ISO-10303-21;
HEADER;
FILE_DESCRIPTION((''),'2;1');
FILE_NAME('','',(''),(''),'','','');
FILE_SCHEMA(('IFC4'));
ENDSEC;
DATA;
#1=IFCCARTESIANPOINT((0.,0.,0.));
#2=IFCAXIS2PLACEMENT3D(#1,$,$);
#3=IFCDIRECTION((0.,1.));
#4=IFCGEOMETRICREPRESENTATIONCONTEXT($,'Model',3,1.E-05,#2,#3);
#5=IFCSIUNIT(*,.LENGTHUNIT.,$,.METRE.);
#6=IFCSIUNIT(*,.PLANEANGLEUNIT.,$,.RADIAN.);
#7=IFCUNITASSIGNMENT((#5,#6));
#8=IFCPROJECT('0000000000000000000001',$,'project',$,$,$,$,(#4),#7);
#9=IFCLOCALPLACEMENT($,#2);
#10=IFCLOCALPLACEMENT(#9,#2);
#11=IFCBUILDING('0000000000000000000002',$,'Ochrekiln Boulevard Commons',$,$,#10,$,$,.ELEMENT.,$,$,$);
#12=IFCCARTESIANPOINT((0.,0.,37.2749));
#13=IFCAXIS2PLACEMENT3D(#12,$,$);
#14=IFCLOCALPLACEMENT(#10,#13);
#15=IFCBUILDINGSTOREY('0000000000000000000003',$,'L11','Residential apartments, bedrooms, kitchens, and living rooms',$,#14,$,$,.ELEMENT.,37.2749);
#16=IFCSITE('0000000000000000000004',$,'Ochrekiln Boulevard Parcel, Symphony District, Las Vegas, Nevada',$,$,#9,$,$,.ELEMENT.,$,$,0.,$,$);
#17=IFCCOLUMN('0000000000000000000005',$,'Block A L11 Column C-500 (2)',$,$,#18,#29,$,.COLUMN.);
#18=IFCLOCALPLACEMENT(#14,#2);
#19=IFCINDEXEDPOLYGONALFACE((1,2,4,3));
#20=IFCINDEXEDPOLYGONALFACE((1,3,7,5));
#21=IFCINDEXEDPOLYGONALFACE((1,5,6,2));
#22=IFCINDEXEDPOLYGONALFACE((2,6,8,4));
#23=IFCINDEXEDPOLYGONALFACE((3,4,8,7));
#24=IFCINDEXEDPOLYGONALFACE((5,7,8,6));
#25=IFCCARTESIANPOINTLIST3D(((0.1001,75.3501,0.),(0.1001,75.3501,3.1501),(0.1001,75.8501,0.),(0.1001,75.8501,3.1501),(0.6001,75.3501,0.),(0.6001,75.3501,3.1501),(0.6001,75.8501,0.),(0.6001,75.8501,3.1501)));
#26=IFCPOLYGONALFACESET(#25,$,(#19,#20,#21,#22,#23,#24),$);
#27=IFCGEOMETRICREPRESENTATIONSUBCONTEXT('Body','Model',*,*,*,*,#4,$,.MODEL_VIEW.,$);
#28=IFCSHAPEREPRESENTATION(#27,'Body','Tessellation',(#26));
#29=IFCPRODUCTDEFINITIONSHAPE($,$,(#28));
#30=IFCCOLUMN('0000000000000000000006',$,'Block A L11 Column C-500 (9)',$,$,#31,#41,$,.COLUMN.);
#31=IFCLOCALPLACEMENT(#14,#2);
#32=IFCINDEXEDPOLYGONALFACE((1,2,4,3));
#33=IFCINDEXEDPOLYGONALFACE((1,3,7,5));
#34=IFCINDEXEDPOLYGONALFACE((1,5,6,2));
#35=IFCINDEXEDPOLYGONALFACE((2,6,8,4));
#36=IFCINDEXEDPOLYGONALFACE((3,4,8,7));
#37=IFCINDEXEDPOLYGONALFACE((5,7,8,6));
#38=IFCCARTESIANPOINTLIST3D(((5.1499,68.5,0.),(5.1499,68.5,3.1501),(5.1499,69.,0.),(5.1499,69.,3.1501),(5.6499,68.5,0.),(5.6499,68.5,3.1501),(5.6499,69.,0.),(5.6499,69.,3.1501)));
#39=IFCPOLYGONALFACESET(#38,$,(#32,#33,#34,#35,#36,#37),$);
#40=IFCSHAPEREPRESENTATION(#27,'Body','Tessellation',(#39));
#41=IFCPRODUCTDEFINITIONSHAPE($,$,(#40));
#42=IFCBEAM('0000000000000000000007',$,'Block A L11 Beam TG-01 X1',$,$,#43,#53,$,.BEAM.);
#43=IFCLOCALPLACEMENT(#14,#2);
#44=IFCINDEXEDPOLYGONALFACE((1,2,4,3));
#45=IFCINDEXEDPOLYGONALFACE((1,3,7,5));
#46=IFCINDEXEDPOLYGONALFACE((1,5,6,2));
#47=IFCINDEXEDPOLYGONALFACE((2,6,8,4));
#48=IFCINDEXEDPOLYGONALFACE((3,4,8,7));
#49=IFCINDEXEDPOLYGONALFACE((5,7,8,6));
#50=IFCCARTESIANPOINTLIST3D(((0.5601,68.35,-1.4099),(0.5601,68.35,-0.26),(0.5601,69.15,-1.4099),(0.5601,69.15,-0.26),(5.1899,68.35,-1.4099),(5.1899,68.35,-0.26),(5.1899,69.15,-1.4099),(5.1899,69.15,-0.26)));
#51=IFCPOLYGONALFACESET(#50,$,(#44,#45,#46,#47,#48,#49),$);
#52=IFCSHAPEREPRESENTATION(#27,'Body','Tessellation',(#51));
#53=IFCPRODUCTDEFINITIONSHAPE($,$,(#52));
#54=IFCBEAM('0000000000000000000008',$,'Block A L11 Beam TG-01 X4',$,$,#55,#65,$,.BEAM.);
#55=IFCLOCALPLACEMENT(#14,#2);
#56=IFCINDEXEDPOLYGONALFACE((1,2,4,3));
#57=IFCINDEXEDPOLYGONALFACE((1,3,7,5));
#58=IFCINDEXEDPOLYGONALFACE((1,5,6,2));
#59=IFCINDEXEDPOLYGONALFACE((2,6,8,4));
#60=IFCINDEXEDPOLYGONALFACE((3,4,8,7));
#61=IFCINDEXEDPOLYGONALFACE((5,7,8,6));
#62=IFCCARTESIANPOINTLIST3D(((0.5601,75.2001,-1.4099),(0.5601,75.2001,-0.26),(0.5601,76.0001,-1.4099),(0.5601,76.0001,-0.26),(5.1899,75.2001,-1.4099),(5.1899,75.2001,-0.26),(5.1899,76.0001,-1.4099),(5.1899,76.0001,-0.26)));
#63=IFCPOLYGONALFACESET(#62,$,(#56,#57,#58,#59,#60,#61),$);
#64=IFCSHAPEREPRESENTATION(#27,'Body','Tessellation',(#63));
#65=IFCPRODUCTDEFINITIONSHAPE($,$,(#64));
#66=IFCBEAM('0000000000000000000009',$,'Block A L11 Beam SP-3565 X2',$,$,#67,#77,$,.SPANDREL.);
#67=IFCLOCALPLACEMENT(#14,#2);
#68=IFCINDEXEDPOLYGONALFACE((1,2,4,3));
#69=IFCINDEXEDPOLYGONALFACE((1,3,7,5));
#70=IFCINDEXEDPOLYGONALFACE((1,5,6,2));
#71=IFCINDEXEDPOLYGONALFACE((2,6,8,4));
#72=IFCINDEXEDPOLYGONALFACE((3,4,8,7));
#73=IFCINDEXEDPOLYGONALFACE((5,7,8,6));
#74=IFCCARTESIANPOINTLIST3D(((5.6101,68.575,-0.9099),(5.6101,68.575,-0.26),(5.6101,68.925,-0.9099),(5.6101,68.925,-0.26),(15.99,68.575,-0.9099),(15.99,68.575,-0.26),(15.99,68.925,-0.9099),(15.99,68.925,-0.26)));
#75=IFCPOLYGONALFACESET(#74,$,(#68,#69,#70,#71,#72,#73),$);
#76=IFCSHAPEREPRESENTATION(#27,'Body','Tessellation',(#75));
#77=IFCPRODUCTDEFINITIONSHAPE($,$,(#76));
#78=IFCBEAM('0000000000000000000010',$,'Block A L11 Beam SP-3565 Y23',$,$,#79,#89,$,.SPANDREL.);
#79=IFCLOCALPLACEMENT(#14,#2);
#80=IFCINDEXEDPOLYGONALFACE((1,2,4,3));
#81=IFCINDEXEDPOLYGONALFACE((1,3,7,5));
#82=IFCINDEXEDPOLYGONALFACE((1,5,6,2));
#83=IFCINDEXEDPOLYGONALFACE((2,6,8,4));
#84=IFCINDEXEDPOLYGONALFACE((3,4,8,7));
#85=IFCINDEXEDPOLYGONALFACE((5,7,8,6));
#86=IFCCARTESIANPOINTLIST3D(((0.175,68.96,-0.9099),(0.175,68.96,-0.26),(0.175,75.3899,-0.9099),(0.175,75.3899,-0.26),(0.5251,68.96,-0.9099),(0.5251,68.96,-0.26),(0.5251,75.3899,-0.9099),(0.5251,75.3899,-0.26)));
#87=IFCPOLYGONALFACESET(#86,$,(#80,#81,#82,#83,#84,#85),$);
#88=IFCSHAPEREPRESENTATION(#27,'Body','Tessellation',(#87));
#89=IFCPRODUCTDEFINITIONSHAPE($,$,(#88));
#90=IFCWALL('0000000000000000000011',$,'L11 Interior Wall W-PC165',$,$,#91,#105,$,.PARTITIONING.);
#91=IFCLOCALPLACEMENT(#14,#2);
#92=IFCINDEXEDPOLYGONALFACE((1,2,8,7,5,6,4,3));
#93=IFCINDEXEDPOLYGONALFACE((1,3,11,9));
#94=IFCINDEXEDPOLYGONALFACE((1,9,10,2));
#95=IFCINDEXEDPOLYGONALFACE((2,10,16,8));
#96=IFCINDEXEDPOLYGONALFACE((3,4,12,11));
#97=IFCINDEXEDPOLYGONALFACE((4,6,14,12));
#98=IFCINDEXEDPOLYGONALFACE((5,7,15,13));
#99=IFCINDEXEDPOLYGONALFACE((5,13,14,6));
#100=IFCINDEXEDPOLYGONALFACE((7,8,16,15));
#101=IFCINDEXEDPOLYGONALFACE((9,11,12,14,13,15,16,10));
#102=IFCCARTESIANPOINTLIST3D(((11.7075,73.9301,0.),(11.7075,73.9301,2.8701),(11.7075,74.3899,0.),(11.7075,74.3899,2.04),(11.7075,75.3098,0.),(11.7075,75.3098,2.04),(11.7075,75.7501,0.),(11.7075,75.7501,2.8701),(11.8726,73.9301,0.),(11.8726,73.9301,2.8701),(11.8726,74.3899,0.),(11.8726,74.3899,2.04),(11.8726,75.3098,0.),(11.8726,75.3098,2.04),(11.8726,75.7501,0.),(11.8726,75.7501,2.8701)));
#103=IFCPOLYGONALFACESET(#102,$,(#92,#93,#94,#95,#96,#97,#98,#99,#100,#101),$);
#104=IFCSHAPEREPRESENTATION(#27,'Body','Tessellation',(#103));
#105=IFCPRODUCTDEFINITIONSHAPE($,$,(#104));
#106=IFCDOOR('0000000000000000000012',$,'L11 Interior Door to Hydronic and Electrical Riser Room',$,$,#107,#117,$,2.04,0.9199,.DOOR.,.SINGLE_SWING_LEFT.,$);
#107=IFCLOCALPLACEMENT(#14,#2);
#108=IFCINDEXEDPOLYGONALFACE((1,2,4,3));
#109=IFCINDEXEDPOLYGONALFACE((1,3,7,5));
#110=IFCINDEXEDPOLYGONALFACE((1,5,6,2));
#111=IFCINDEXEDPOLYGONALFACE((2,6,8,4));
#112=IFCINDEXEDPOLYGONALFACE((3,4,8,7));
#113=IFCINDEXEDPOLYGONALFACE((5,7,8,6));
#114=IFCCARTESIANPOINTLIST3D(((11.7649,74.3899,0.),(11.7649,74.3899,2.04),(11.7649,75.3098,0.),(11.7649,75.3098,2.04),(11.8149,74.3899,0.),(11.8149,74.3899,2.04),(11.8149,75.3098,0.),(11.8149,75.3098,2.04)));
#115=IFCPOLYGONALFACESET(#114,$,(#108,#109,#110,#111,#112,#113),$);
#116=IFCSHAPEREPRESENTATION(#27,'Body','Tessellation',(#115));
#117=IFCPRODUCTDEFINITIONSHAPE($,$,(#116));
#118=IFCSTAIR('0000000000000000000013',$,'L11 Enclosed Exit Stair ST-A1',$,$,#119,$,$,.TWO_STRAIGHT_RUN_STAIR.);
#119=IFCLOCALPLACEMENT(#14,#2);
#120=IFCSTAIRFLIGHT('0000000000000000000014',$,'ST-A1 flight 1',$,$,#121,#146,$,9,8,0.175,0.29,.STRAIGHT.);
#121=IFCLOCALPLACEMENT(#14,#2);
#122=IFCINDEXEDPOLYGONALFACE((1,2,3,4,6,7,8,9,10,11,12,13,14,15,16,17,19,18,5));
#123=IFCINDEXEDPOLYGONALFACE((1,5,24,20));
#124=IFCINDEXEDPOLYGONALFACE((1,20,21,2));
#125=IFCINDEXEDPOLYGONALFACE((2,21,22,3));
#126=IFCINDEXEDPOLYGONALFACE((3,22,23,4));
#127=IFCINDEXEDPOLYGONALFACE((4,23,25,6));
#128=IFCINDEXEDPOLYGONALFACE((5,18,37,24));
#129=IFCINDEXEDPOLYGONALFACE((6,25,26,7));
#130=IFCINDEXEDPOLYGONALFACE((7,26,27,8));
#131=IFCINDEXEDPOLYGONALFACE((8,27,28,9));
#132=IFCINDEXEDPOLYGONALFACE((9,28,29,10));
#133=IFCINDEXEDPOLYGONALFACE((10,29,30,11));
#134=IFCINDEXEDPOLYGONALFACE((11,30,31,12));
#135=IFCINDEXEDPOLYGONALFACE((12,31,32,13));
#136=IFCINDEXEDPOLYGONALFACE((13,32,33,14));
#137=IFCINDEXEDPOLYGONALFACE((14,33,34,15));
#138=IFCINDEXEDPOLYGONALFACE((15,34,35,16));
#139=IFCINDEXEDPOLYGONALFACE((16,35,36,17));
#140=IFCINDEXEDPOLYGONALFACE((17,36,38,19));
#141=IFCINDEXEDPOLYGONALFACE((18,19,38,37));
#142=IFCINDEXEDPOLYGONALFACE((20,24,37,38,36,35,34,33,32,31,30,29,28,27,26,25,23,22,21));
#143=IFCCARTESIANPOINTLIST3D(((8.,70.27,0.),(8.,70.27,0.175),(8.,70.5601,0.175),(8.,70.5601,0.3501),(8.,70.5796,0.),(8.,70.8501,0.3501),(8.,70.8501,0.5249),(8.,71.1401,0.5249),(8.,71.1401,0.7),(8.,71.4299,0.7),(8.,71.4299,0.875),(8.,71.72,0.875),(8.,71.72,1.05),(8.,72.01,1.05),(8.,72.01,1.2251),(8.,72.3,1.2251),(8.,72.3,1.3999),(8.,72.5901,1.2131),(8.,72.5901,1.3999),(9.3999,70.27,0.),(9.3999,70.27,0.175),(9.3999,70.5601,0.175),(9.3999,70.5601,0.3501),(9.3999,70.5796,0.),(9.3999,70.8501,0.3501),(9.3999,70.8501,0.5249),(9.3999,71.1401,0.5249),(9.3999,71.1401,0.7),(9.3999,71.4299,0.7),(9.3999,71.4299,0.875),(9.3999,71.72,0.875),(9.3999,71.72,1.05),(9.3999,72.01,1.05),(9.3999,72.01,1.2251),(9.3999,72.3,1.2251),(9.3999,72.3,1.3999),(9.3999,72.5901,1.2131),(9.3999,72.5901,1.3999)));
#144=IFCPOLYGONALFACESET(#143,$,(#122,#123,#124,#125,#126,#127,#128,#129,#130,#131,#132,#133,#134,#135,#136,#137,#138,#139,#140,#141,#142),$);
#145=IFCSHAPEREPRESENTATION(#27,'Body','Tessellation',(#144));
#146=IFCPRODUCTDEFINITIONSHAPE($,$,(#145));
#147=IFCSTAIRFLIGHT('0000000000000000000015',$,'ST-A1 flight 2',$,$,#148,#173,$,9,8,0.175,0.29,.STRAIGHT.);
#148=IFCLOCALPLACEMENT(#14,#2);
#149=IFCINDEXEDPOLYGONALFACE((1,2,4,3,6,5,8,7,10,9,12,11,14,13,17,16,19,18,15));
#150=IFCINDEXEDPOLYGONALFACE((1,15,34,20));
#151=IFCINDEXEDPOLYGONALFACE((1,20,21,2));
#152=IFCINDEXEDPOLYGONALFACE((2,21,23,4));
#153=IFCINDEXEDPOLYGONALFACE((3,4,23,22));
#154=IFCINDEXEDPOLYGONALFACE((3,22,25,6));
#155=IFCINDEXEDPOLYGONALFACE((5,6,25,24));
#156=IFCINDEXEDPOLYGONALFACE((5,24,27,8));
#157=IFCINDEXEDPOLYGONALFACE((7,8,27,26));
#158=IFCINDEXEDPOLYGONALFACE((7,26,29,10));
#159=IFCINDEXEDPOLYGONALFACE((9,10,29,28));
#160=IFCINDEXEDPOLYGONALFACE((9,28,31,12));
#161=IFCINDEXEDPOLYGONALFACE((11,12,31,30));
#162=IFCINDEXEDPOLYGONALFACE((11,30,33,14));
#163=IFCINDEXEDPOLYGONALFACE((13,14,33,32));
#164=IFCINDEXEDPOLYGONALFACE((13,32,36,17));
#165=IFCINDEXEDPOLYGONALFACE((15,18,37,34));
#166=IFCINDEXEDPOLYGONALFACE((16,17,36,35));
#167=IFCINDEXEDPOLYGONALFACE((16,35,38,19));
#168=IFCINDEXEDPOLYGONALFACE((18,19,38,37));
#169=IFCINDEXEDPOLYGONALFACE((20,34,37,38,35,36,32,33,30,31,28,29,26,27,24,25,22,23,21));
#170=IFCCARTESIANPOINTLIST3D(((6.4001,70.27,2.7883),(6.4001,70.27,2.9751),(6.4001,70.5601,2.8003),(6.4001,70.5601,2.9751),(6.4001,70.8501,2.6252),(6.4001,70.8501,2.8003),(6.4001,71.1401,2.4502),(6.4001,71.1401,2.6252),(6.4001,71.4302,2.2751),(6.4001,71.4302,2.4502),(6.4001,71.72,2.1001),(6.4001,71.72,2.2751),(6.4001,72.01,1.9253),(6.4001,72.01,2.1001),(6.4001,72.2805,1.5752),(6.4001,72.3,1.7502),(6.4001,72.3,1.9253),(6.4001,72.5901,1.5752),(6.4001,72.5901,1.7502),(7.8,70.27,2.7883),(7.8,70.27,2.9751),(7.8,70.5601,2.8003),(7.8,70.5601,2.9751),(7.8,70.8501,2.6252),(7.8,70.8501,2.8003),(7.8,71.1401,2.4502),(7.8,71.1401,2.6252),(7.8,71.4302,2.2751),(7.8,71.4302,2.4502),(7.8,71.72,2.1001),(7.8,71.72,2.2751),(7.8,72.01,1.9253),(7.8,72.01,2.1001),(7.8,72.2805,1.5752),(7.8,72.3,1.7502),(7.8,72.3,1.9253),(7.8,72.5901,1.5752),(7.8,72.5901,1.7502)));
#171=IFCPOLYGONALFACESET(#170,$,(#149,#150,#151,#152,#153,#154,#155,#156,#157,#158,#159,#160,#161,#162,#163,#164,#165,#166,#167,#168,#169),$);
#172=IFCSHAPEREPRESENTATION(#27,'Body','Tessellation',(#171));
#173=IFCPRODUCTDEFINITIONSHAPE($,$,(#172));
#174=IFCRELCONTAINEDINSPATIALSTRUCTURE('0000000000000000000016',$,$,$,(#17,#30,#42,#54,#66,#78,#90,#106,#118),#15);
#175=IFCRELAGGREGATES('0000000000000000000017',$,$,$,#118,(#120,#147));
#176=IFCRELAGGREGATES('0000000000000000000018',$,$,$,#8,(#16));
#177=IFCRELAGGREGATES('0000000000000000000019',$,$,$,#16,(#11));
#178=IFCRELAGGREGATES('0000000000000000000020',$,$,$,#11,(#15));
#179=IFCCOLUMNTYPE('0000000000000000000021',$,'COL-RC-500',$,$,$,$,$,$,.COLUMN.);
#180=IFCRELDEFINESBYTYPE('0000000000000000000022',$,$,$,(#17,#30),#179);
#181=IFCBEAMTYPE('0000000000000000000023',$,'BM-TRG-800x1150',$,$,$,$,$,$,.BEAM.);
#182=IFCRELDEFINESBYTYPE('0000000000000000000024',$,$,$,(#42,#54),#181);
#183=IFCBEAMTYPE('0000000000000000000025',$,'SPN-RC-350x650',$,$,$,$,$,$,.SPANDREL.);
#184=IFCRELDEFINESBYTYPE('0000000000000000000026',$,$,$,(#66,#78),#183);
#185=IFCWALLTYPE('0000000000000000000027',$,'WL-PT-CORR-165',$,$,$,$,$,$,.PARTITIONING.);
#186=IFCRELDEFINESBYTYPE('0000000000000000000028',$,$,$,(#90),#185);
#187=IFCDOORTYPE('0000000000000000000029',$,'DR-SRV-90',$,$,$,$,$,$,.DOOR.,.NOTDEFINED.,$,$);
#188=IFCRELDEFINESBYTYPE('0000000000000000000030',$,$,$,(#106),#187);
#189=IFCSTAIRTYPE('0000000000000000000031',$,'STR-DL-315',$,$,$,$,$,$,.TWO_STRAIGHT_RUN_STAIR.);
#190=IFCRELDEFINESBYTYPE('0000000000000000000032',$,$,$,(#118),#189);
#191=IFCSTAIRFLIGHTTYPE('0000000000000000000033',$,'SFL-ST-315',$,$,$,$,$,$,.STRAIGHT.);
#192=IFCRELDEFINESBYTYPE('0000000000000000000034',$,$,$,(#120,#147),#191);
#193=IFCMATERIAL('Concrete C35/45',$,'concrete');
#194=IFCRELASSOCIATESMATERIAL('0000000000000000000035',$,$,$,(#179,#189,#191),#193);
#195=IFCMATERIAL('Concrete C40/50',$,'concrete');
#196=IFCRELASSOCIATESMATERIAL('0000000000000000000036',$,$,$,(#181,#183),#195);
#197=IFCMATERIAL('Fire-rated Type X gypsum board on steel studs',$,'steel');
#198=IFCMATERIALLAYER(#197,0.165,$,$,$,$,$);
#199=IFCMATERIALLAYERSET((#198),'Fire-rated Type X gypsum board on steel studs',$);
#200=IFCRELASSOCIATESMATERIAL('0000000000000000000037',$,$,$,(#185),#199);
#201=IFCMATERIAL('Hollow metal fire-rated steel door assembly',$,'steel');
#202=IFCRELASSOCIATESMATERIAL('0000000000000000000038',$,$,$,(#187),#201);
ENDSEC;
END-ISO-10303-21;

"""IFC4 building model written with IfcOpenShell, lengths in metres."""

from ifc_helpers import new_model, si_unit, direction, frame, frame_2d, origin, origin_2d, place, context, subcontext, project, spatial, polyline, rectangle, outline, extrude, material, layer, layer_set, material_profile, profile_set, type_object, element, fill, aggregate, save


model = new_model("IFC4")

# Units and contexts
model_context = context("Model", 3, precision=1e-05, world=origin(), true_north=direction((0.0, 1.0)))
body_context = subcontext(model_context, "Body", "Model", "MODEL_VIEW")
ifc_project = project(units=[si_unit("LENGTHUNIT", "METRE"), si_unit("PLANEANGLEUNIT", "RADIAN")], contexts=[model_context])

# Site, building, storey
site_placement = place(None, origin())
site = spatial("IfcSite", under=ifc_project, at=site_placement, Name="Ochrekiln Boulevard Parcel, Symphony District, Las Vegas, Nevada", CompositionType="ELEMENT", RefElevation=0.0)
building_placement = place(site_placement, origin())
building = spatial("IfcBuilding", under=site, at=building_placement, Name="Ochrekiln Boulevard Commons", CompositionType="ELEMENT")
storey_placement = place(building_placement, frame((0.0, 0.0, 37.2749)))
storey = spatial("IfcBuildingStorey", under=building, at=storey_placement, Name="L11", Description="Residential apartments, bedrooms, kitchens, and living rooms", CompositionType="ELEMENT", Elevation=37.2749)

# Columns
ifc_material_1 = material(Name="Concrete C35/45", Category="concrete")
ifc_material_profile_1 = material_profile(ifc_material_1, rectangle(XDim=0.5, YDim=0.5, at=origin_2d()), Name="RC-COL-500x500")
ifc_profile_set_1 = profile_set([ifc_material_profile_1], Name="Concrete C35/45")
column_type = type_object("IfcColumnType", Name="COL-RC-500", PredefinedType="COLUMN", material=ifc_profile_set_1)
for number, where, z_axis, x_axis, name in (
    (1, (0.3501, 75.6001, 0.0), (0.0, 0.0, 1.0), (1.0, 0.0, 0.0), "Block A L11 Column C-500 (2)"),
    (2, (5.3999, 68.75, 0.0), (0.0, 0.0, 1.0), (1.0, 0.0, 0.0), "Block A L11 Column C-500 (9)"),
):
    element("IfcColumn", number, at=place(storey_placement, frame(where, z_axis=z_axis, x_axis=x_axis)), inside=storey, type_object=column_type, Name=name, PredefinedType="COLUMN", context=body_context, shape_type="SweptSolid", body=[
        extrude(rectangle(XDim=0.5, YDim=0.5, at=origin_2d()), origin(), (0.0, 0.0, 1.0), 3.1501),
    ])

# Beams
ifc_material_2 = material(Name="Concrete C40/50", Category="concrete")
ifc_material_profile_2 = material_profile(ifc_material_2, rectangle(XDim=0.8, YDim=1.1499, at=origin_2d()), Name="RC-TRG-800x1150")
ifc_profile_set_2 = profile_set([ifc_material_profile_2], Name="Concrete C40/50")
beam_type_1 = type_object("IfcBeamType", Name="BM-TRG-800x1150", PredefinedType="BEAM", material=ifc_profile_set_2)
for number, where, z_axis, x_axis, name in (
    (3, (0.5601, 68.75, -0.835), (1.0, 0.0, 0.0), (0.0, 1.0, 0.0), "Block A L11 Beam TG-01 X1"),
    (4, (0.5601, 75.6001, -0.835), (1.0, 0.0, 0.0), (0.0, 1.0, 0.0), "Block A L11 Beam TG-01 X4"),
):
    element("IfcBeam", number, at=place(storey_placement, frame(where, z_axis=z_axis, x_axis=x_axis)), inside=storey, type_object=beam_type_1, Name=name, PredefinedType="BEAM", context=body_context, shape_type="SweptSolid", body=[
        extrude(rectangle(XDim=0.8, YDim=1.1499, at=origin_2d()), origin(), (0.0, 0.0, 1.0), 4.6299),
    ])
ifc_material_profile_3 = material_profile(ifc_material_2, rectangle(XDim=0.3501, YDim=0.6499, at=origin_2d()), Name="RC-SPN-350x650")
ifc_profile_set_3 = profile_set([ifc_material_profile_3], Name="Concrete C40/50")
beam_type_2 = type_object("IfcBeamType", Name="SPN-RC-350x650", PredefinedType="SPANDREL", material=ifc_profile_set_3)
beam_1_placement = place(storey_placement, frame((5.6101, 68.75, -0.585), z_axis=(1.0, 0.0, 0.0), x_axis=(0.0, 1.0, 0.0)))
element("IfcBeam", 5, at=beam_1_placement, inside=storey, type_object=beam_type_2, Name="Block A L11 Beam SP-3565 X2", PredefinedType="SPANDREL", context=body_context, shape_type="SweptSolid", body=[
    extrude(rectangle(XDim=0.3501, YDim=0.6499, at=origin_2d()), origin(), (0.0, 0.0, 1.0), 10.3799),
])
beam_2_placement = place(storey_placement, frame((0.3501, 68.96, -0.585), z_axis=(0.0, 1.0, 0.0), x_axis=(-1.0, 0.0, 0.0)))
element("IfcBeam", 6, at=beam_2_placement, inside=storey, type_object=beam_type_2, Name="Block A L11 Beam SP-3565 Y23", PredefinedType="SPANDREL", context=body_context, shape_type="SweptSolid", body=[
    extrude(rectangle(XDim=0.3501, YDim=0.6499, at=origin_2d()), origin(), (0.0, 0.0, 1.0), 6.4299),
])

# Wall, opening, door
ifc_material_3 = material(Name="Fire-rated Type X gypsum board on steel studs", Category="steel")
ifc_layer_1 = layer(ifc_material_3, 0.165)
ifc_layer_set_1 = layer_set([ifc_layer_1], Name="Fire-rated Type X gypsum board on steel studs")
wall_type_1 = type_object("IfcWallType", Name="WL-PT-CORR-165", PredefinedType="PARTITIONING", material=ifc_layer_set_1)
wall_1_placement = place(storey_placement, frame((11.79, 73.9299, 0.0), z_axis=(0.0, 0.0, 1.0), x_axis=(0.0, 1.0, 0.0)))
wall_1 = element("IfcWall", 7, at=wall_1_placement, inside=storey, type_object=wall_type_1, Name="L11 Interior Wall W-PC165", PredefinedType="PARTITIONING", context=body_context, shape_type="SweptSolid", body=[
    extrude(rectangle(XDim=1.8201, YDim=0.165, at=frame_2d((0.9102, 0.0))), origin(), (0.0, 0.0, 1.0), 2.8701),
])
opening_1_placement = place(wall_1_placement, frame((0.46, 0.0, 0.0)))
opening_1 = element("IfcOpeningElement", 8, at=opening_1_placement, cuts=wall_1, PredefinedType="OPENING", context=body_context, shape_type="SweptSolid", body=[
    extrude(rectangle(XDim=0.9199, YDim=2.04, at=frame_2d((0.46, 1.02))), frame((0.0, 0.0925, 0.0), z_axis=(0.0, -1.0, 0.0), x_axis=(1.0, 0.0, 0.0)), (0.0, 0.0, 1.0), 0.1851),
])
ifc_material_4 = material(Name="Hollow metal fire-rated steel door assembly", Category="steel")
door_type_1 = type_object("IfcDoorType", Name="DR-SRV-90", OperationType="NOTDEFINED", PredefinedType="DOOR", material=ifc_material_4)
door_1_placement = place(opening_1_placement, frame((0.9199, 0.0, 0.0), z_axis=(0.0, 0.0, 1.0), x_axis=(-1.0, 0.0, 0.0)))
door_1 = element("IfcDoor", 9, at=door_1_placement, inside=storey, type_object=door_type_1, Name="L11 Interior Door to Hydronic and Electrical Riser Room", OperationType="SINGLE_SWING_LEFT", OverallHeight=2.04, OverallWidth=0.9199, PredefinedType="DOOR", context=body_context, shape_type="SweptSolid", body=[
    extrude(rectangle(XDim=0.9199, YDim=2.04, at=frame_2d((0.46, 1.02))), frame((0.0, 0.0249, 0.0), z_axis=(0.0, -1.0, 0.0), x_axis=(1.0, 0.0, 0.0)), (0.0, 0.0, 1.0), 0.05),
])
fill(opening_1, door_1)

# Stair, stair flights
stair_type = type_object("IfcStairType", Name="STR-DL-315", PredefinedType="TWO_STRAIGHT_RUN_STAIR", material=ifc_material_1)
stair_placement = place(storey_placement, origin())
stair = element("IfcStair", 10, at=stair_placement, inside=storey, type_object=stair_type, Name="L11 Enclosed Exit Stair ST-A1", PredefinedType="TWO_STRAIGHT_RUN_STAIR")
stair_flight_type = type_object("IfcStairFlightType", Name="SFL-ST-315", PredefinedType="STRAIGHT", material=ifc_material_1)
stair_flight_1_placement = place(storey_placement, frame((8.7, 70.27, 0.0), z_axis=(0.0, 0.0, 1.0), x_axis=(0.0, 1.0, 0.0)))
stair_flight_1 = element("IfcStairFlight", 11, at=stair_flight_1_placement, type_object=stair_flight_type, Name="ST-A1 flight 1", NumberOfRisers=9, NumberOfTreads=8, PredefinedType="STRAIGHT", RiserHeight=0.175, TreadLength=0.29, context=body_context, shape_type="SweptSolid", body=[
    extrude(outline(polyline([(0.0, 0.0), (0.0, 0.175), (0.29, 0.175), (0.29, 0.3501), (0.5801, 0.3501), (0.5801, 0.5249), (0.8701, 0.5249), (0.8701, 0.7), (1.1599, 0.7), (1.1599, 0.875), (1.45, 0.875), (1.45, 1.05), (1.74, 1.05), (1.74, 1.2251), (2.03, 1.2251), (2.03, 1.3999), (2.3201, 1.3999), (2.3201, 1.575), (2.3201, 1.2131), (0.3096, 0.0), (0.0, 0.0)])), frame((0.0, 0.7, 0.0), z_axis=(0.0, -1.0, 0.0), x_axis=(1.0, 0.0, 0.0)), (0.0, 0.0, 1.0), 1.3999),
])
stair_flight_2_placement = place(storey_placement, frame((7.1001, 72.5901, 1.5752), z_axis=(0.0, 0.0, 1.0), x_axis=(0.0, -1.0, 0.0)))
stair_flight_2 = element("IfcStairFlight", 12, at=stair_flight_2_placement, type_object=stair_flight_type, Name="ST-A1 flight 2", NumberOfRisers=9, NumberOfTreads=8, PredefinedType="STRAIGHT", RiserHeight=0.175, TreadLength=0.29, context=body_context, shape_type="SweptSolid", body=[
    extrude(outline(polyline([(0.0, 0.0), (0.0, 0.175), (0.29, 0.175), (0.29, 0.3501), (0.5801, 0.3501), (0.5801, 0.5249), (0.8701, 0.5249), (0.8701, 0.7), (1.1599, 0.7), (1.1599, 0.875), (1.45, 0.875), (1.45, 1.05), (1.74, 1.05), (1.74, 1.2251), (2.03, 1.2251), (2.03, 1.3999), (2.3201, 1.3999), (2.3201, 1.575), (2.3201, 1.2131), (0.3096, 0.0), (0.0, 0.0)])), frame((0.0, 0.7, 0.0), z_axis=(0.0, -1.0, 0.0), x_axis=(1.0, 0.0, 0.0)), (0.0, 0.0, 1.0), 1.3999),
])
aggregate(stair, [stair_flight_1, stair_flight_2])

save(model, "model.ifc")
